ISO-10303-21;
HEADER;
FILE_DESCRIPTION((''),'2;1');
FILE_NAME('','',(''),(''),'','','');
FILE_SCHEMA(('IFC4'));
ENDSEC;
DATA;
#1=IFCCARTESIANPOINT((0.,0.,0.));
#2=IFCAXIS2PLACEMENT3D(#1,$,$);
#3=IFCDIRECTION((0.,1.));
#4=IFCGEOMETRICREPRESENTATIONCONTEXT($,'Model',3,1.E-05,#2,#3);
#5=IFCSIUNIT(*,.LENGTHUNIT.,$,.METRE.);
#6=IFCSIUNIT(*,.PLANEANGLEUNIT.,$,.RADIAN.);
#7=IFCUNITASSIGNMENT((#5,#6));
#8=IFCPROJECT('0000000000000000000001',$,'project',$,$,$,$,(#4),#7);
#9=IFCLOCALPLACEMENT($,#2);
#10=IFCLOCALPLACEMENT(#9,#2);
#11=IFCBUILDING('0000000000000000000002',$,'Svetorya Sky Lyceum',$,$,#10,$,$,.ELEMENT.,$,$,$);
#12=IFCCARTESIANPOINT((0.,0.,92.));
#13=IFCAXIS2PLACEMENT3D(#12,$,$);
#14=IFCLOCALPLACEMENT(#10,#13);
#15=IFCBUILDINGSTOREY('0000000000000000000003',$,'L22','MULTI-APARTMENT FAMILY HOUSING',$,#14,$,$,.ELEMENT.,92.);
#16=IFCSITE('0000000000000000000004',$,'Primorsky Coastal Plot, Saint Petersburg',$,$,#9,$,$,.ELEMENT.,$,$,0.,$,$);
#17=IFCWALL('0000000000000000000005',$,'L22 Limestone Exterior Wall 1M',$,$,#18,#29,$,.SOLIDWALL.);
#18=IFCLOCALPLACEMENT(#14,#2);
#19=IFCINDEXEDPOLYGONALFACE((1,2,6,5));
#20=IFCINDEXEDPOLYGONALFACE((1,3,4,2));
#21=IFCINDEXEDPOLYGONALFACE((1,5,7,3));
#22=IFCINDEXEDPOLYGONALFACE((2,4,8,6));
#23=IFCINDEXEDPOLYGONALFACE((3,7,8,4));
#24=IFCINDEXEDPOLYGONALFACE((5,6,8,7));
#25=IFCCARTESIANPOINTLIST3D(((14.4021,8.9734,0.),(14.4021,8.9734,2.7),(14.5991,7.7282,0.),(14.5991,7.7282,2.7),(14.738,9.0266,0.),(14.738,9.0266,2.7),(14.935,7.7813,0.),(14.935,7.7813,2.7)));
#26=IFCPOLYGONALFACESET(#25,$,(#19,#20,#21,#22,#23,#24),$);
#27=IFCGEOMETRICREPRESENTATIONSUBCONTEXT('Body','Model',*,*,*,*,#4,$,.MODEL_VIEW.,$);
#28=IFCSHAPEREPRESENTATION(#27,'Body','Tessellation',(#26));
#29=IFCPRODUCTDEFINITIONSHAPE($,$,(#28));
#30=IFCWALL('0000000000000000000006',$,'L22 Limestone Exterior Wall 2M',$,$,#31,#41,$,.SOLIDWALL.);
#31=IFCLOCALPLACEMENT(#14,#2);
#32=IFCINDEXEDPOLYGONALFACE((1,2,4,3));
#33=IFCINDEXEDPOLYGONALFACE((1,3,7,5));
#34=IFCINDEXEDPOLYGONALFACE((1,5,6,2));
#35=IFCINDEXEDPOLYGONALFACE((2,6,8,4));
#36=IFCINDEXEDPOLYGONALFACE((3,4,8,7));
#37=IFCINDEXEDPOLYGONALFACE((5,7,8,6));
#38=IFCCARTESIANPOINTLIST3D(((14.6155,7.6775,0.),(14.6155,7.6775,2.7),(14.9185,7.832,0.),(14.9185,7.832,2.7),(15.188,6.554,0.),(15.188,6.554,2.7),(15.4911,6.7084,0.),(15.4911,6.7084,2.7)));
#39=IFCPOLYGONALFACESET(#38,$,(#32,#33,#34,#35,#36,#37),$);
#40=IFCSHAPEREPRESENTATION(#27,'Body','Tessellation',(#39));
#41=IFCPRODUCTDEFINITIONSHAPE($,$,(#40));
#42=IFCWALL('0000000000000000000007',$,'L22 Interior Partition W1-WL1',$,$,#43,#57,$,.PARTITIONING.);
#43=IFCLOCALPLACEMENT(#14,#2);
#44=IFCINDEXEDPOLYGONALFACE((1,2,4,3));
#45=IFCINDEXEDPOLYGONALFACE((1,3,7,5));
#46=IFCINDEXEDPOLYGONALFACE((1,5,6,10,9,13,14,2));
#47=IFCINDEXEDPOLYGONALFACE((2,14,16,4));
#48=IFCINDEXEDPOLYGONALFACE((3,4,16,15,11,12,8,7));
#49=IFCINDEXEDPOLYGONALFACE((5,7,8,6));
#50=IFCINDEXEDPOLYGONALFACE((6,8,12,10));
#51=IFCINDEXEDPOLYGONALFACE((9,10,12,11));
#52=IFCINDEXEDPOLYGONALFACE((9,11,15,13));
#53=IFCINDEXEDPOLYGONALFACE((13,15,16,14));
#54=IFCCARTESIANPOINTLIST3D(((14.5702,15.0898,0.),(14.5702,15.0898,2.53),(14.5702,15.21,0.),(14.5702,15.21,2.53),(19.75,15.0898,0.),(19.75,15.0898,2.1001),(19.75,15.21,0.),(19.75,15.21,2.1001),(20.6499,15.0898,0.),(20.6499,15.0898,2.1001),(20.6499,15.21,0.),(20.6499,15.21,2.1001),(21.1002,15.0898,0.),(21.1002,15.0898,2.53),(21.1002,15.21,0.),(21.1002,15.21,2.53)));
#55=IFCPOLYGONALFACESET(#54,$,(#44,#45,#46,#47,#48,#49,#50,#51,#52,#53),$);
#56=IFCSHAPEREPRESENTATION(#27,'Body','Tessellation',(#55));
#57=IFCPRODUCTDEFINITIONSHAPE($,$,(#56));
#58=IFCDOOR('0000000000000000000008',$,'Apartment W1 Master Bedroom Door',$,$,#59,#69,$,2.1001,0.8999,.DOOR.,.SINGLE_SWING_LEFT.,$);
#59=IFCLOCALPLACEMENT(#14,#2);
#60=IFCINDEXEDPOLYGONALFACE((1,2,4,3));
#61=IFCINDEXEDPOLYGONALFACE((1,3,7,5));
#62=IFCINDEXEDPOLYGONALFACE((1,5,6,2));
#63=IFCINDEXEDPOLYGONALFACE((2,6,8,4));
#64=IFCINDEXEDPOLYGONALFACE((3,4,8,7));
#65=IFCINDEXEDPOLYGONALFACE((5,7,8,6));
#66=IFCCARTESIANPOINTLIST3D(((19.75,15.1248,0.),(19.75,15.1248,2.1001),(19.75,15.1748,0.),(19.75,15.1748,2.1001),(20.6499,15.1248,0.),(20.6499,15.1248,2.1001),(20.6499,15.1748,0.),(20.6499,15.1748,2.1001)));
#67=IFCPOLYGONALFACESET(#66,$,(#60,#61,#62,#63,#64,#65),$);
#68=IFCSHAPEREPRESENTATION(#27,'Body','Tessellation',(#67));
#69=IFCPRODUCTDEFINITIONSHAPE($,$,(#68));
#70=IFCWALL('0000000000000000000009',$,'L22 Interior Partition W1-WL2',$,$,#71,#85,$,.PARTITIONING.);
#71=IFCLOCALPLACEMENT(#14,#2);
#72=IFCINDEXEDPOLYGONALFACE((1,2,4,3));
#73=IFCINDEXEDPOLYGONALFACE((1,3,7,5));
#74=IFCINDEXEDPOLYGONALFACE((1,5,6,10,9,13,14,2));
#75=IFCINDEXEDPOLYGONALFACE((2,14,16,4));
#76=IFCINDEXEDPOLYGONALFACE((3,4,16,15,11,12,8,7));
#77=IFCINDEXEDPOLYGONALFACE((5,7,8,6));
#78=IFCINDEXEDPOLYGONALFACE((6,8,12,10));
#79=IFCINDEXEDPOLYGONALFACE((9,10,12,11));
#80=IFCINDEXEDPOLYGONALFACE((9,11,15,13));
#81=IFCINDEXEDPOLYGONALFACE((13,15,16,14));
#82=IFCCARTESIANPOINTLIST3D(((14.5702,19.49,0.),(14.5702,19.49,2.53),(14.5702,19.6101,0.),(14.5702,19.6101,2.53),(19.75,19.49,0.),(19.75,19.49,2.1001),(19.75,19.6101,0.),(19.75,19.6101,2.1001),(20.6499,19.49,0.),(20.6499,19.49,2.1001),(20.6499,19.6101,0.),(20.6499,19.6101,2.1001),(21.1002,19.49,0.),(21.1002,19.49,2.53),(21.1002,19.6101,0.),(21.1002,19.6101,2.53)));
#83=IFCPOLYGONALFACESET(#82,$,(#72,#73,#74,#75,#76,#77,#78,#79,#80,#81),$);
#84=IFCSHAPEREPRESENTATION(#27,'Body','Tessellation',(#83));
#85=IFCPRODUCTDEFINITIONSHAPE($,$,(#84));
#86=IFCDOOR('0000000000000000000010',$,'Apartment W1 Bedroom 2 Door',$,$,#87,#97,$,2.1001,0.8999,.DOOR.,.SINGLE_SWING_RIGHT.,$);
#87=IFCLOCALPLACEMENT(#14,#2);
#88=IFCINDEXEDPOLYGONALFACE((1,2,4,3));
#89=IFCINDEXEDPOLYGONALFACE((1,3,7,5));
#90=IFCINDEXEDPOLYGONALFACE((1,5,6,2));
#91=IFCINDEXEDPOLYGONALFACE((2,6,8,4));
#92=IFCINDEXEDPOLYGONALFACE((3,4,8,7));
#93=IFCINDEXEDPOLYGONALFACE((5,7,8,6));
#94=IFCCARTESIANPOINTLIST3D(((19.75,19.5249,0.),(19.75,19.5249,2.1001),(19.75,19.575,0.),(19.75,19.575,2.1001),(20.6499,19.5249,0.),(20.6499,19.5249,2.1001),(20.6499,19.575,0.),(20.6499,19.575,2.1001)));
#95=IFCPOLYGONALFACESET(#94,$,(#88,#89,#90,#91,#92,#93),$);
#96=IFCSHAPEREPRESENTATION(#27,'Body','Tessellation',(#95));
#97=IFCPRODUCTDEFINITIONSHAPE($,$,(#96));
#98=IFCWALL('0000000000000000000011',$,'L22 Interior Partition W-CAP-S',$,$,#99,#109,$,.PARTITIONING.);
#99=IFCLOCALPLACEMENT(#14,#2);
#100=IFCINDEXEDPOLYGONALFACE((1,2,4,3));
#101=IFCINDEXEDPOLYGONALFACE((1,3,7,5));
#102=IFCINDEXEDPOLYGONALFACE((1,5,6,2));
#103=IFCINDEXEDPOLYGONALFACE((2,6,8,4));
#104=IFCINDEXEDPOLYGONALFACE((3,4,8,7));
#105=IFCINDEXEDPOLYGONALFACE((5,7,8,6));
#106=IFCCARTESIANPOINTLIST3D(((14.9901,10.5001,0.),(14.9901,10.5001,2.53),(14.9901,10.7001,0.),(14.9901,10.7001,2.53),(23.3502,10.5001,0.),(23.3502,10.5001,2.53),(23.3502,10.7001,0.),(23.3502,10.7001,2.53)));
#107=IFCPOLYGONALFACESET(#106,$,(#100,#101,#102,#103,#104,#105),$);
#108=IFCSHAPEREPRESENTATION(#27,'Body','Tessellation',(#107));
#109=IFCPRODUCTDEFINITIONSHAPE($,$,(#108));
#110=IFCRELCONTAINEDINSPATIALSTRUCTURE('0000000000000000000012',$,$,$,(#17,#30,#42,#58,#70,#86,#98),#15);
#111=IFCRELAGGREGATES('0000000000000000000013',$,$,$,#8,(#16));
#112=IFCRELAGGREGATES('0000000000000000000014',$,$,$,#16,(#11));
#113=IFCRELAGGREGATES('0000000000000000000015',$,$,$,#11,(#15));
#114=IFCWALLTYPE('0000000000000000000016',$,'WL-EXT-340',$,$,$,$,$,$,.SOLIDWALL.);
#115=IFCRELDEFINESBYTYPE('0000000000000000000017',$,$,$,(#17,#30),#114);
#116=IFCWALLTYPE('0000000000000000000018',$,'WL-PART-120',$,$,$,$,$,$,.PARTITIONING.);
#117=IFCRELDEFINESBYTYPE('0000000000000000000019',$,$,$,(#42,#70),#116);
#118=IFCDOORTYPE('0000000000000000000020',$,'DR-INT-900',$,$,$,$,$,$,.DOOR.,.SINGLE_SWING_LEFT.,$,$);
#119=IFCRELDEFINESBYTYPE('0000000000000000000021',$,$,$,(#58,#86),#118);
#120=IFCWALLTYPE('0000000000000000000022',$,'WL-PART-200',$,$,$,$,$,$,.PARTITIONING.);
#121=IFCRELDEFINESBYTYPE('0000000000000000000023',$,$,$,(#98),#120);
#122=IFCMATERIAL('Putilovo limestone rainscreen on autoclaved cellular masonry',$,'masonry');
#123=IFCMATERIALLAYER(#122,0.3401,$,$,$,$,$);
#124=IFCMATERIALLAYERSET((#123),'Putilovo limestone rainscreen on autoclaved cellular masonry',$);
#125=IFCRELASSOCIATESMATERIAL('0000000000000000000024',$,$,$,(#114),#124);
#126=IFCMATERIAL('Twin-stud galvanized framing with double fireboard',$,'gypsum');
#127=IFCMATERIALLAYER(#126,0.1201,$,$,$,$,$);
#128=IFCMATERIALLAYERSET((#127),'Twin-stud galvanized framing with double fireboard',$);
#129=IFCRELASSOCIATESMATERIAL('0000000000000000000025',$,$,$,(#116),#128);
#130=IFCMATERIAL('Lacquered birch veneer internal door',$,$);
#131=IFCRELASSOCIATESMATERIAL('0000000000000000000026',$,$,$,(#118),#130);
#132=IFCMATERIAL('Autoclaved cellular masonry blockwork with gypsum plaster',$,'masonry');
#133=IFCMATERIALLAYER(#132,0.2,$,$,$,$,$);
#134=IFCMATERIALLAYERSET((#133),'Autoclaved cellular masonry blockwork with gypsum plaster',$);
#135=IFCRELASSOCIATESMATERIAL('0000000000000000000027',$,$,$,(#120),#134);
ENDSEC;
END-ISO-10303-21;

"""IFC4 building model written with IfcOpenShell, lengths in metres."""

from ifc_helpers import new_model, si_unit, direction, frame, frame_2d, origin, place, context, subcontext, project, spatial, rectangle, extrude, material, layer, layer_set, type_object, element, fill, save


model = new_model("IFC4")

# Units and contexts
model_context = context("Model", 3, precision=1e-05, world=origin(), true_north=direction((0.0, 1.0)))
body_context = subcontext(model_context, "Body", "Model", "MODEL_VIEW")
ifc_project = project(units=[si_unit("LENGTHUNIT", "METRE"), si_unit("PLANEANGLEUNIT", "RADIAN")], contexts=[model_context])

# Site, building, storey
site_placement = place(None, origin())
site = spatial("IfcSite", under=ifc_project, at=site_placement, Name="Primorsky Coastal Plot, Saint Petersburg", CompositionType="ELEMENT", RefElevation=0.0)
building_placement = place(site_placement, origin())
building = spatial("IfcBuilding", under=site, at=building_placement, Name="Svetorya Sky Lyceum", CompositionType="ELEMENT")
storey_placement = place(building_placement, frame((0.0, 0.0, 92.0)))
storey = spatial("IfcBuildingStorey", under=building, at=storey_placement, Name="L22", Description="MULTI-APARTMENT FAMILY HOUSING", CompositionType="ELEMENT", Elevation=92.0)

# Walls
ifc_material_1 = material(Name="Putilovo limestone rainscreen on autoclaved cellular masonry", Category="masonry")
ifc_layer_1 = layer(ifc_material_1, 0.3401)
ifc_layer_set_1 = layer_set([ifc_layer_1], Name="Putilovo limestone rainscreen on autoclaved cellular masonry")
wall_type_1 = type_object("IfcWallType", Name="WL-EXT-340", PredefinedType="SOLIDWALL", material=ifc_layer_set_1)
wall_1_placement = place(storey_placement, frame((14.5701, 9.0, 0.0), z_axis=(0.0, 0.0, 1.0), x_axis=(0.156261, -0.987716, 0.0)))
element("IfcWall", 1, at=wall_1_placement, inside=storey, type_object=wall_type_1, Name="L22 Limestone Exterior Wall 1M", PredefinedType="SOLIDWALL", context=body_context, shape_type="SweptSolid", body=[
    extrude(rectangle(XDim=1.2607, YDim=0.3401, at=frame_2d((0.6304, 0.0))), origin(), (0.0, 0.0, 1.0), 2.7),
])
wall_2_placement = place(storey_placement, frame((14.7671, 7.7546, 0.0), z_axis=(0.0, 0.0, 1.0), x_axis=(0.454016, -0.890994, 0.0)))
element("IfcWall", 2, at=wall_2_placement, inside=storey, type_object=wall_type_1, Name="L22 Limestone Exterior Wall 2M", PredefinedType="SOLIDWALL", context=body_context, shape_type="SweptSolid", body=[
    extrude(rectangle(XDim=1.261, YDim=0.3401, at=frame_2d((0.6304, 0.0))), origin(), (0.0, 0.0, 1.0), 2.7),
])

# Walls, openings, doors
ifc_material_2 = material(Name="Twin-stud galvanized framing with double fireboard", Category="gypsum")
ifc_layer_2 = layer(ifc_material_2, 0.1201)
ifc_layer_set_2 = layer_set([ifc_layer_2], Name="Twin-stud galvanized framing with double fireboard")
wall_type_2 = type_object("IfcWallType", Name="WL-PART-120", PredefinedType="PARTITIONING", material=ifc_layer_set_2)
wall_3_placement = place(storey_placement, frame((14.5701, 15.1499, 0.0), z_axis=(0.0, 0.0, 1.0), x_axis=(1.0, 0.0, 0.0)))
wall_3 = element("IfcWall", 3, at=wall_3_placement, inside=storey, type_object=wall_type_2, Name="L22 Interior Partition W1-WL1", PredefinedType="PARTITIONING", context=body_context, shape_type="SweptSolid", body=[
    extrude(rectangle(XDim=6.53, YDim=0.1201, at=frame_2d((3.2651, 0.0))), origin(), (0.0, 0.0, 1.0), 2.53),
])
opening_1_placement = place(wall_3_placement, frame((5.1799, 0.0, 0.0)))
opening_1 = element("IfcOpeningElement", 4, at=opening_1_placement, cuts=wall_3, PredefinedType="OPENING", context=body_context, shape_type="SweptSolid", body=[
    extrude(rectangle(XDim=0.8999, YDim=2.1001, at=frame_2d((0.45, 1.05))), frame((0.0, 0.0701, 0.0), z_axis=(0.0, -1.0, 0.0), x_axis=(1.0, 0.0, 0.0)), (0.0, 0.0, 1.0), 0.1401),
])
ifc_material_3 = material(Name="Lacquered birch veneer internal door")
door_type = type_object("IfcDoorType", Name="DR-INT-900", OperationType="SINGLE_SWING_LEFT", PredefinedType="DOOR", material=ifc_material_3)
door_1_placement = place(opening_1_placement, origin())
door_1 = element("IfcDoor", 5, at=door_1_placement, inside=storey, type_object=door_type, Name="Apartment W1 Master Bedroom Door", OperationType="SINGLE_SWING_LEFT", OverallHeight=2.1001, OverallWidth=0.8999, PredefinedType="DOOR", context=body_context, shape_type="SweptSolid", body=[
    extrude(rectangle(XDim=0.8999, YDim=2.1001, at=frame_2d((0.45, 1.05))), frame((0.0, 0.0249, 0.0), z_axis=(0.0, -1.0, 0.0), x_axis=(1.0, 0.0, 0.0)), (0.0, 0.0, 1.0), 0.05),
])
fill(opening_1, door_1)
wall_4_placement = place(storey_placement, frame((14.5701, 19.55, 0.0), z_axis=(0.0, 0.0, 1.0), x_axis=(1.0, 0.0, 0.0)))
wall_4 = element("IfcWall", 6, at=wall_4_placement, inside=storey, type_object=wall_type_2, Name="L22 Interior Partition W1-WL2", PredefinedType="PARTITIONING", context=body_context, shape_type="SweptSolid", body=[
    extrude(rectangle(XDim=6.53, YDim=0.1201, at=frame_2d((3.2651, 0.0))), origin(), (0.0, 0.0, 1.0), 2.53),
])
opening_2_placement = place(wall_4_placement, frame((5.1799, 0.0, 0.0)))
opening_2 = element("IfcOpeningElement", 7, at=opening_2_placement, cuts=wall_4, PredefinedType="OPENING", context=body_context, shape_type="SweptSolid", body=[
    extrude(rectangle(XDim=0.8999, YDim=2.1001, at=frame_2d((0.45, 1.05))), frame((0.0, 0.0701, 0.0), z_axis=(0.0, -1.0, 0.0), x_axis=(1.0, 0.0, 0.0)), (0.0, 0.0, 1.0), 0.1401),
])
door_2_placement = place(opening_2_placement, origin())
door_2 = element("IfcDoor", 8, at=door_2_placement, inside=storey, type_object=door_type, Name="Apartment W1 Bedroom 2 Door", OperationType="SINGLE_SWING_RIGHT", OverallHeight=2.1001, OverallWidth=0.8999, PredefinedType="DOOR", context=body_context, shape_type="SweptSolid", body=[
    extrude(rectangle(XDim=0.8999, YDim=2.1001, at=frame_2d((0.45, 1.05))), frame((0.0, 0.0249, 0.0), z_axis=(0.0, -1.0, 0.0), x_axis=(1.0, 0.0, 0.0)), (0.0, 0.0, 1.0), 0.05),
])
fill(opening_2, door_2)

# Wall
ifc_material_4 = material(Name="Autoclaved cellular masonry blockwork with gypsum plaster", Category="masonry")
ifc_layer_3 = layer(ifc_material_4, 0.2)
ifc_layer_set_3 = layer_set([ifc_layer_3], Name="Autoclaved cellular masonry blockwork with gypsum plaster")
wall_type_3 = type_object("IfcWallType", Name="WL-PART-200", PredefinedType="PARTITIONING", material=ifc_layer_set_3)
wall_5_placement = place(storey_placement, frame((14.99, 10.6001, 0.0), z_axis=(0.0, 0.0, 1.0), x_axis=(1.0, 0.0, 0.0)))
element("IfcWall", 9, at=wall_5_placement, inside=storey, type_object=wall_type_3, Name="L22 Interior Partition W-CAP-S", PredefinedType="PARTITIONING", context=body_context, shape_type="SweptSolid", body=[
    extrude(rectangle(XDim=8.3601, YDim=0.2, at=frame_2d((4.1802, 0.0))), origin(), (0.0, 0.0, 1.0), 2.53),
])

save(model, "model.ifc")
